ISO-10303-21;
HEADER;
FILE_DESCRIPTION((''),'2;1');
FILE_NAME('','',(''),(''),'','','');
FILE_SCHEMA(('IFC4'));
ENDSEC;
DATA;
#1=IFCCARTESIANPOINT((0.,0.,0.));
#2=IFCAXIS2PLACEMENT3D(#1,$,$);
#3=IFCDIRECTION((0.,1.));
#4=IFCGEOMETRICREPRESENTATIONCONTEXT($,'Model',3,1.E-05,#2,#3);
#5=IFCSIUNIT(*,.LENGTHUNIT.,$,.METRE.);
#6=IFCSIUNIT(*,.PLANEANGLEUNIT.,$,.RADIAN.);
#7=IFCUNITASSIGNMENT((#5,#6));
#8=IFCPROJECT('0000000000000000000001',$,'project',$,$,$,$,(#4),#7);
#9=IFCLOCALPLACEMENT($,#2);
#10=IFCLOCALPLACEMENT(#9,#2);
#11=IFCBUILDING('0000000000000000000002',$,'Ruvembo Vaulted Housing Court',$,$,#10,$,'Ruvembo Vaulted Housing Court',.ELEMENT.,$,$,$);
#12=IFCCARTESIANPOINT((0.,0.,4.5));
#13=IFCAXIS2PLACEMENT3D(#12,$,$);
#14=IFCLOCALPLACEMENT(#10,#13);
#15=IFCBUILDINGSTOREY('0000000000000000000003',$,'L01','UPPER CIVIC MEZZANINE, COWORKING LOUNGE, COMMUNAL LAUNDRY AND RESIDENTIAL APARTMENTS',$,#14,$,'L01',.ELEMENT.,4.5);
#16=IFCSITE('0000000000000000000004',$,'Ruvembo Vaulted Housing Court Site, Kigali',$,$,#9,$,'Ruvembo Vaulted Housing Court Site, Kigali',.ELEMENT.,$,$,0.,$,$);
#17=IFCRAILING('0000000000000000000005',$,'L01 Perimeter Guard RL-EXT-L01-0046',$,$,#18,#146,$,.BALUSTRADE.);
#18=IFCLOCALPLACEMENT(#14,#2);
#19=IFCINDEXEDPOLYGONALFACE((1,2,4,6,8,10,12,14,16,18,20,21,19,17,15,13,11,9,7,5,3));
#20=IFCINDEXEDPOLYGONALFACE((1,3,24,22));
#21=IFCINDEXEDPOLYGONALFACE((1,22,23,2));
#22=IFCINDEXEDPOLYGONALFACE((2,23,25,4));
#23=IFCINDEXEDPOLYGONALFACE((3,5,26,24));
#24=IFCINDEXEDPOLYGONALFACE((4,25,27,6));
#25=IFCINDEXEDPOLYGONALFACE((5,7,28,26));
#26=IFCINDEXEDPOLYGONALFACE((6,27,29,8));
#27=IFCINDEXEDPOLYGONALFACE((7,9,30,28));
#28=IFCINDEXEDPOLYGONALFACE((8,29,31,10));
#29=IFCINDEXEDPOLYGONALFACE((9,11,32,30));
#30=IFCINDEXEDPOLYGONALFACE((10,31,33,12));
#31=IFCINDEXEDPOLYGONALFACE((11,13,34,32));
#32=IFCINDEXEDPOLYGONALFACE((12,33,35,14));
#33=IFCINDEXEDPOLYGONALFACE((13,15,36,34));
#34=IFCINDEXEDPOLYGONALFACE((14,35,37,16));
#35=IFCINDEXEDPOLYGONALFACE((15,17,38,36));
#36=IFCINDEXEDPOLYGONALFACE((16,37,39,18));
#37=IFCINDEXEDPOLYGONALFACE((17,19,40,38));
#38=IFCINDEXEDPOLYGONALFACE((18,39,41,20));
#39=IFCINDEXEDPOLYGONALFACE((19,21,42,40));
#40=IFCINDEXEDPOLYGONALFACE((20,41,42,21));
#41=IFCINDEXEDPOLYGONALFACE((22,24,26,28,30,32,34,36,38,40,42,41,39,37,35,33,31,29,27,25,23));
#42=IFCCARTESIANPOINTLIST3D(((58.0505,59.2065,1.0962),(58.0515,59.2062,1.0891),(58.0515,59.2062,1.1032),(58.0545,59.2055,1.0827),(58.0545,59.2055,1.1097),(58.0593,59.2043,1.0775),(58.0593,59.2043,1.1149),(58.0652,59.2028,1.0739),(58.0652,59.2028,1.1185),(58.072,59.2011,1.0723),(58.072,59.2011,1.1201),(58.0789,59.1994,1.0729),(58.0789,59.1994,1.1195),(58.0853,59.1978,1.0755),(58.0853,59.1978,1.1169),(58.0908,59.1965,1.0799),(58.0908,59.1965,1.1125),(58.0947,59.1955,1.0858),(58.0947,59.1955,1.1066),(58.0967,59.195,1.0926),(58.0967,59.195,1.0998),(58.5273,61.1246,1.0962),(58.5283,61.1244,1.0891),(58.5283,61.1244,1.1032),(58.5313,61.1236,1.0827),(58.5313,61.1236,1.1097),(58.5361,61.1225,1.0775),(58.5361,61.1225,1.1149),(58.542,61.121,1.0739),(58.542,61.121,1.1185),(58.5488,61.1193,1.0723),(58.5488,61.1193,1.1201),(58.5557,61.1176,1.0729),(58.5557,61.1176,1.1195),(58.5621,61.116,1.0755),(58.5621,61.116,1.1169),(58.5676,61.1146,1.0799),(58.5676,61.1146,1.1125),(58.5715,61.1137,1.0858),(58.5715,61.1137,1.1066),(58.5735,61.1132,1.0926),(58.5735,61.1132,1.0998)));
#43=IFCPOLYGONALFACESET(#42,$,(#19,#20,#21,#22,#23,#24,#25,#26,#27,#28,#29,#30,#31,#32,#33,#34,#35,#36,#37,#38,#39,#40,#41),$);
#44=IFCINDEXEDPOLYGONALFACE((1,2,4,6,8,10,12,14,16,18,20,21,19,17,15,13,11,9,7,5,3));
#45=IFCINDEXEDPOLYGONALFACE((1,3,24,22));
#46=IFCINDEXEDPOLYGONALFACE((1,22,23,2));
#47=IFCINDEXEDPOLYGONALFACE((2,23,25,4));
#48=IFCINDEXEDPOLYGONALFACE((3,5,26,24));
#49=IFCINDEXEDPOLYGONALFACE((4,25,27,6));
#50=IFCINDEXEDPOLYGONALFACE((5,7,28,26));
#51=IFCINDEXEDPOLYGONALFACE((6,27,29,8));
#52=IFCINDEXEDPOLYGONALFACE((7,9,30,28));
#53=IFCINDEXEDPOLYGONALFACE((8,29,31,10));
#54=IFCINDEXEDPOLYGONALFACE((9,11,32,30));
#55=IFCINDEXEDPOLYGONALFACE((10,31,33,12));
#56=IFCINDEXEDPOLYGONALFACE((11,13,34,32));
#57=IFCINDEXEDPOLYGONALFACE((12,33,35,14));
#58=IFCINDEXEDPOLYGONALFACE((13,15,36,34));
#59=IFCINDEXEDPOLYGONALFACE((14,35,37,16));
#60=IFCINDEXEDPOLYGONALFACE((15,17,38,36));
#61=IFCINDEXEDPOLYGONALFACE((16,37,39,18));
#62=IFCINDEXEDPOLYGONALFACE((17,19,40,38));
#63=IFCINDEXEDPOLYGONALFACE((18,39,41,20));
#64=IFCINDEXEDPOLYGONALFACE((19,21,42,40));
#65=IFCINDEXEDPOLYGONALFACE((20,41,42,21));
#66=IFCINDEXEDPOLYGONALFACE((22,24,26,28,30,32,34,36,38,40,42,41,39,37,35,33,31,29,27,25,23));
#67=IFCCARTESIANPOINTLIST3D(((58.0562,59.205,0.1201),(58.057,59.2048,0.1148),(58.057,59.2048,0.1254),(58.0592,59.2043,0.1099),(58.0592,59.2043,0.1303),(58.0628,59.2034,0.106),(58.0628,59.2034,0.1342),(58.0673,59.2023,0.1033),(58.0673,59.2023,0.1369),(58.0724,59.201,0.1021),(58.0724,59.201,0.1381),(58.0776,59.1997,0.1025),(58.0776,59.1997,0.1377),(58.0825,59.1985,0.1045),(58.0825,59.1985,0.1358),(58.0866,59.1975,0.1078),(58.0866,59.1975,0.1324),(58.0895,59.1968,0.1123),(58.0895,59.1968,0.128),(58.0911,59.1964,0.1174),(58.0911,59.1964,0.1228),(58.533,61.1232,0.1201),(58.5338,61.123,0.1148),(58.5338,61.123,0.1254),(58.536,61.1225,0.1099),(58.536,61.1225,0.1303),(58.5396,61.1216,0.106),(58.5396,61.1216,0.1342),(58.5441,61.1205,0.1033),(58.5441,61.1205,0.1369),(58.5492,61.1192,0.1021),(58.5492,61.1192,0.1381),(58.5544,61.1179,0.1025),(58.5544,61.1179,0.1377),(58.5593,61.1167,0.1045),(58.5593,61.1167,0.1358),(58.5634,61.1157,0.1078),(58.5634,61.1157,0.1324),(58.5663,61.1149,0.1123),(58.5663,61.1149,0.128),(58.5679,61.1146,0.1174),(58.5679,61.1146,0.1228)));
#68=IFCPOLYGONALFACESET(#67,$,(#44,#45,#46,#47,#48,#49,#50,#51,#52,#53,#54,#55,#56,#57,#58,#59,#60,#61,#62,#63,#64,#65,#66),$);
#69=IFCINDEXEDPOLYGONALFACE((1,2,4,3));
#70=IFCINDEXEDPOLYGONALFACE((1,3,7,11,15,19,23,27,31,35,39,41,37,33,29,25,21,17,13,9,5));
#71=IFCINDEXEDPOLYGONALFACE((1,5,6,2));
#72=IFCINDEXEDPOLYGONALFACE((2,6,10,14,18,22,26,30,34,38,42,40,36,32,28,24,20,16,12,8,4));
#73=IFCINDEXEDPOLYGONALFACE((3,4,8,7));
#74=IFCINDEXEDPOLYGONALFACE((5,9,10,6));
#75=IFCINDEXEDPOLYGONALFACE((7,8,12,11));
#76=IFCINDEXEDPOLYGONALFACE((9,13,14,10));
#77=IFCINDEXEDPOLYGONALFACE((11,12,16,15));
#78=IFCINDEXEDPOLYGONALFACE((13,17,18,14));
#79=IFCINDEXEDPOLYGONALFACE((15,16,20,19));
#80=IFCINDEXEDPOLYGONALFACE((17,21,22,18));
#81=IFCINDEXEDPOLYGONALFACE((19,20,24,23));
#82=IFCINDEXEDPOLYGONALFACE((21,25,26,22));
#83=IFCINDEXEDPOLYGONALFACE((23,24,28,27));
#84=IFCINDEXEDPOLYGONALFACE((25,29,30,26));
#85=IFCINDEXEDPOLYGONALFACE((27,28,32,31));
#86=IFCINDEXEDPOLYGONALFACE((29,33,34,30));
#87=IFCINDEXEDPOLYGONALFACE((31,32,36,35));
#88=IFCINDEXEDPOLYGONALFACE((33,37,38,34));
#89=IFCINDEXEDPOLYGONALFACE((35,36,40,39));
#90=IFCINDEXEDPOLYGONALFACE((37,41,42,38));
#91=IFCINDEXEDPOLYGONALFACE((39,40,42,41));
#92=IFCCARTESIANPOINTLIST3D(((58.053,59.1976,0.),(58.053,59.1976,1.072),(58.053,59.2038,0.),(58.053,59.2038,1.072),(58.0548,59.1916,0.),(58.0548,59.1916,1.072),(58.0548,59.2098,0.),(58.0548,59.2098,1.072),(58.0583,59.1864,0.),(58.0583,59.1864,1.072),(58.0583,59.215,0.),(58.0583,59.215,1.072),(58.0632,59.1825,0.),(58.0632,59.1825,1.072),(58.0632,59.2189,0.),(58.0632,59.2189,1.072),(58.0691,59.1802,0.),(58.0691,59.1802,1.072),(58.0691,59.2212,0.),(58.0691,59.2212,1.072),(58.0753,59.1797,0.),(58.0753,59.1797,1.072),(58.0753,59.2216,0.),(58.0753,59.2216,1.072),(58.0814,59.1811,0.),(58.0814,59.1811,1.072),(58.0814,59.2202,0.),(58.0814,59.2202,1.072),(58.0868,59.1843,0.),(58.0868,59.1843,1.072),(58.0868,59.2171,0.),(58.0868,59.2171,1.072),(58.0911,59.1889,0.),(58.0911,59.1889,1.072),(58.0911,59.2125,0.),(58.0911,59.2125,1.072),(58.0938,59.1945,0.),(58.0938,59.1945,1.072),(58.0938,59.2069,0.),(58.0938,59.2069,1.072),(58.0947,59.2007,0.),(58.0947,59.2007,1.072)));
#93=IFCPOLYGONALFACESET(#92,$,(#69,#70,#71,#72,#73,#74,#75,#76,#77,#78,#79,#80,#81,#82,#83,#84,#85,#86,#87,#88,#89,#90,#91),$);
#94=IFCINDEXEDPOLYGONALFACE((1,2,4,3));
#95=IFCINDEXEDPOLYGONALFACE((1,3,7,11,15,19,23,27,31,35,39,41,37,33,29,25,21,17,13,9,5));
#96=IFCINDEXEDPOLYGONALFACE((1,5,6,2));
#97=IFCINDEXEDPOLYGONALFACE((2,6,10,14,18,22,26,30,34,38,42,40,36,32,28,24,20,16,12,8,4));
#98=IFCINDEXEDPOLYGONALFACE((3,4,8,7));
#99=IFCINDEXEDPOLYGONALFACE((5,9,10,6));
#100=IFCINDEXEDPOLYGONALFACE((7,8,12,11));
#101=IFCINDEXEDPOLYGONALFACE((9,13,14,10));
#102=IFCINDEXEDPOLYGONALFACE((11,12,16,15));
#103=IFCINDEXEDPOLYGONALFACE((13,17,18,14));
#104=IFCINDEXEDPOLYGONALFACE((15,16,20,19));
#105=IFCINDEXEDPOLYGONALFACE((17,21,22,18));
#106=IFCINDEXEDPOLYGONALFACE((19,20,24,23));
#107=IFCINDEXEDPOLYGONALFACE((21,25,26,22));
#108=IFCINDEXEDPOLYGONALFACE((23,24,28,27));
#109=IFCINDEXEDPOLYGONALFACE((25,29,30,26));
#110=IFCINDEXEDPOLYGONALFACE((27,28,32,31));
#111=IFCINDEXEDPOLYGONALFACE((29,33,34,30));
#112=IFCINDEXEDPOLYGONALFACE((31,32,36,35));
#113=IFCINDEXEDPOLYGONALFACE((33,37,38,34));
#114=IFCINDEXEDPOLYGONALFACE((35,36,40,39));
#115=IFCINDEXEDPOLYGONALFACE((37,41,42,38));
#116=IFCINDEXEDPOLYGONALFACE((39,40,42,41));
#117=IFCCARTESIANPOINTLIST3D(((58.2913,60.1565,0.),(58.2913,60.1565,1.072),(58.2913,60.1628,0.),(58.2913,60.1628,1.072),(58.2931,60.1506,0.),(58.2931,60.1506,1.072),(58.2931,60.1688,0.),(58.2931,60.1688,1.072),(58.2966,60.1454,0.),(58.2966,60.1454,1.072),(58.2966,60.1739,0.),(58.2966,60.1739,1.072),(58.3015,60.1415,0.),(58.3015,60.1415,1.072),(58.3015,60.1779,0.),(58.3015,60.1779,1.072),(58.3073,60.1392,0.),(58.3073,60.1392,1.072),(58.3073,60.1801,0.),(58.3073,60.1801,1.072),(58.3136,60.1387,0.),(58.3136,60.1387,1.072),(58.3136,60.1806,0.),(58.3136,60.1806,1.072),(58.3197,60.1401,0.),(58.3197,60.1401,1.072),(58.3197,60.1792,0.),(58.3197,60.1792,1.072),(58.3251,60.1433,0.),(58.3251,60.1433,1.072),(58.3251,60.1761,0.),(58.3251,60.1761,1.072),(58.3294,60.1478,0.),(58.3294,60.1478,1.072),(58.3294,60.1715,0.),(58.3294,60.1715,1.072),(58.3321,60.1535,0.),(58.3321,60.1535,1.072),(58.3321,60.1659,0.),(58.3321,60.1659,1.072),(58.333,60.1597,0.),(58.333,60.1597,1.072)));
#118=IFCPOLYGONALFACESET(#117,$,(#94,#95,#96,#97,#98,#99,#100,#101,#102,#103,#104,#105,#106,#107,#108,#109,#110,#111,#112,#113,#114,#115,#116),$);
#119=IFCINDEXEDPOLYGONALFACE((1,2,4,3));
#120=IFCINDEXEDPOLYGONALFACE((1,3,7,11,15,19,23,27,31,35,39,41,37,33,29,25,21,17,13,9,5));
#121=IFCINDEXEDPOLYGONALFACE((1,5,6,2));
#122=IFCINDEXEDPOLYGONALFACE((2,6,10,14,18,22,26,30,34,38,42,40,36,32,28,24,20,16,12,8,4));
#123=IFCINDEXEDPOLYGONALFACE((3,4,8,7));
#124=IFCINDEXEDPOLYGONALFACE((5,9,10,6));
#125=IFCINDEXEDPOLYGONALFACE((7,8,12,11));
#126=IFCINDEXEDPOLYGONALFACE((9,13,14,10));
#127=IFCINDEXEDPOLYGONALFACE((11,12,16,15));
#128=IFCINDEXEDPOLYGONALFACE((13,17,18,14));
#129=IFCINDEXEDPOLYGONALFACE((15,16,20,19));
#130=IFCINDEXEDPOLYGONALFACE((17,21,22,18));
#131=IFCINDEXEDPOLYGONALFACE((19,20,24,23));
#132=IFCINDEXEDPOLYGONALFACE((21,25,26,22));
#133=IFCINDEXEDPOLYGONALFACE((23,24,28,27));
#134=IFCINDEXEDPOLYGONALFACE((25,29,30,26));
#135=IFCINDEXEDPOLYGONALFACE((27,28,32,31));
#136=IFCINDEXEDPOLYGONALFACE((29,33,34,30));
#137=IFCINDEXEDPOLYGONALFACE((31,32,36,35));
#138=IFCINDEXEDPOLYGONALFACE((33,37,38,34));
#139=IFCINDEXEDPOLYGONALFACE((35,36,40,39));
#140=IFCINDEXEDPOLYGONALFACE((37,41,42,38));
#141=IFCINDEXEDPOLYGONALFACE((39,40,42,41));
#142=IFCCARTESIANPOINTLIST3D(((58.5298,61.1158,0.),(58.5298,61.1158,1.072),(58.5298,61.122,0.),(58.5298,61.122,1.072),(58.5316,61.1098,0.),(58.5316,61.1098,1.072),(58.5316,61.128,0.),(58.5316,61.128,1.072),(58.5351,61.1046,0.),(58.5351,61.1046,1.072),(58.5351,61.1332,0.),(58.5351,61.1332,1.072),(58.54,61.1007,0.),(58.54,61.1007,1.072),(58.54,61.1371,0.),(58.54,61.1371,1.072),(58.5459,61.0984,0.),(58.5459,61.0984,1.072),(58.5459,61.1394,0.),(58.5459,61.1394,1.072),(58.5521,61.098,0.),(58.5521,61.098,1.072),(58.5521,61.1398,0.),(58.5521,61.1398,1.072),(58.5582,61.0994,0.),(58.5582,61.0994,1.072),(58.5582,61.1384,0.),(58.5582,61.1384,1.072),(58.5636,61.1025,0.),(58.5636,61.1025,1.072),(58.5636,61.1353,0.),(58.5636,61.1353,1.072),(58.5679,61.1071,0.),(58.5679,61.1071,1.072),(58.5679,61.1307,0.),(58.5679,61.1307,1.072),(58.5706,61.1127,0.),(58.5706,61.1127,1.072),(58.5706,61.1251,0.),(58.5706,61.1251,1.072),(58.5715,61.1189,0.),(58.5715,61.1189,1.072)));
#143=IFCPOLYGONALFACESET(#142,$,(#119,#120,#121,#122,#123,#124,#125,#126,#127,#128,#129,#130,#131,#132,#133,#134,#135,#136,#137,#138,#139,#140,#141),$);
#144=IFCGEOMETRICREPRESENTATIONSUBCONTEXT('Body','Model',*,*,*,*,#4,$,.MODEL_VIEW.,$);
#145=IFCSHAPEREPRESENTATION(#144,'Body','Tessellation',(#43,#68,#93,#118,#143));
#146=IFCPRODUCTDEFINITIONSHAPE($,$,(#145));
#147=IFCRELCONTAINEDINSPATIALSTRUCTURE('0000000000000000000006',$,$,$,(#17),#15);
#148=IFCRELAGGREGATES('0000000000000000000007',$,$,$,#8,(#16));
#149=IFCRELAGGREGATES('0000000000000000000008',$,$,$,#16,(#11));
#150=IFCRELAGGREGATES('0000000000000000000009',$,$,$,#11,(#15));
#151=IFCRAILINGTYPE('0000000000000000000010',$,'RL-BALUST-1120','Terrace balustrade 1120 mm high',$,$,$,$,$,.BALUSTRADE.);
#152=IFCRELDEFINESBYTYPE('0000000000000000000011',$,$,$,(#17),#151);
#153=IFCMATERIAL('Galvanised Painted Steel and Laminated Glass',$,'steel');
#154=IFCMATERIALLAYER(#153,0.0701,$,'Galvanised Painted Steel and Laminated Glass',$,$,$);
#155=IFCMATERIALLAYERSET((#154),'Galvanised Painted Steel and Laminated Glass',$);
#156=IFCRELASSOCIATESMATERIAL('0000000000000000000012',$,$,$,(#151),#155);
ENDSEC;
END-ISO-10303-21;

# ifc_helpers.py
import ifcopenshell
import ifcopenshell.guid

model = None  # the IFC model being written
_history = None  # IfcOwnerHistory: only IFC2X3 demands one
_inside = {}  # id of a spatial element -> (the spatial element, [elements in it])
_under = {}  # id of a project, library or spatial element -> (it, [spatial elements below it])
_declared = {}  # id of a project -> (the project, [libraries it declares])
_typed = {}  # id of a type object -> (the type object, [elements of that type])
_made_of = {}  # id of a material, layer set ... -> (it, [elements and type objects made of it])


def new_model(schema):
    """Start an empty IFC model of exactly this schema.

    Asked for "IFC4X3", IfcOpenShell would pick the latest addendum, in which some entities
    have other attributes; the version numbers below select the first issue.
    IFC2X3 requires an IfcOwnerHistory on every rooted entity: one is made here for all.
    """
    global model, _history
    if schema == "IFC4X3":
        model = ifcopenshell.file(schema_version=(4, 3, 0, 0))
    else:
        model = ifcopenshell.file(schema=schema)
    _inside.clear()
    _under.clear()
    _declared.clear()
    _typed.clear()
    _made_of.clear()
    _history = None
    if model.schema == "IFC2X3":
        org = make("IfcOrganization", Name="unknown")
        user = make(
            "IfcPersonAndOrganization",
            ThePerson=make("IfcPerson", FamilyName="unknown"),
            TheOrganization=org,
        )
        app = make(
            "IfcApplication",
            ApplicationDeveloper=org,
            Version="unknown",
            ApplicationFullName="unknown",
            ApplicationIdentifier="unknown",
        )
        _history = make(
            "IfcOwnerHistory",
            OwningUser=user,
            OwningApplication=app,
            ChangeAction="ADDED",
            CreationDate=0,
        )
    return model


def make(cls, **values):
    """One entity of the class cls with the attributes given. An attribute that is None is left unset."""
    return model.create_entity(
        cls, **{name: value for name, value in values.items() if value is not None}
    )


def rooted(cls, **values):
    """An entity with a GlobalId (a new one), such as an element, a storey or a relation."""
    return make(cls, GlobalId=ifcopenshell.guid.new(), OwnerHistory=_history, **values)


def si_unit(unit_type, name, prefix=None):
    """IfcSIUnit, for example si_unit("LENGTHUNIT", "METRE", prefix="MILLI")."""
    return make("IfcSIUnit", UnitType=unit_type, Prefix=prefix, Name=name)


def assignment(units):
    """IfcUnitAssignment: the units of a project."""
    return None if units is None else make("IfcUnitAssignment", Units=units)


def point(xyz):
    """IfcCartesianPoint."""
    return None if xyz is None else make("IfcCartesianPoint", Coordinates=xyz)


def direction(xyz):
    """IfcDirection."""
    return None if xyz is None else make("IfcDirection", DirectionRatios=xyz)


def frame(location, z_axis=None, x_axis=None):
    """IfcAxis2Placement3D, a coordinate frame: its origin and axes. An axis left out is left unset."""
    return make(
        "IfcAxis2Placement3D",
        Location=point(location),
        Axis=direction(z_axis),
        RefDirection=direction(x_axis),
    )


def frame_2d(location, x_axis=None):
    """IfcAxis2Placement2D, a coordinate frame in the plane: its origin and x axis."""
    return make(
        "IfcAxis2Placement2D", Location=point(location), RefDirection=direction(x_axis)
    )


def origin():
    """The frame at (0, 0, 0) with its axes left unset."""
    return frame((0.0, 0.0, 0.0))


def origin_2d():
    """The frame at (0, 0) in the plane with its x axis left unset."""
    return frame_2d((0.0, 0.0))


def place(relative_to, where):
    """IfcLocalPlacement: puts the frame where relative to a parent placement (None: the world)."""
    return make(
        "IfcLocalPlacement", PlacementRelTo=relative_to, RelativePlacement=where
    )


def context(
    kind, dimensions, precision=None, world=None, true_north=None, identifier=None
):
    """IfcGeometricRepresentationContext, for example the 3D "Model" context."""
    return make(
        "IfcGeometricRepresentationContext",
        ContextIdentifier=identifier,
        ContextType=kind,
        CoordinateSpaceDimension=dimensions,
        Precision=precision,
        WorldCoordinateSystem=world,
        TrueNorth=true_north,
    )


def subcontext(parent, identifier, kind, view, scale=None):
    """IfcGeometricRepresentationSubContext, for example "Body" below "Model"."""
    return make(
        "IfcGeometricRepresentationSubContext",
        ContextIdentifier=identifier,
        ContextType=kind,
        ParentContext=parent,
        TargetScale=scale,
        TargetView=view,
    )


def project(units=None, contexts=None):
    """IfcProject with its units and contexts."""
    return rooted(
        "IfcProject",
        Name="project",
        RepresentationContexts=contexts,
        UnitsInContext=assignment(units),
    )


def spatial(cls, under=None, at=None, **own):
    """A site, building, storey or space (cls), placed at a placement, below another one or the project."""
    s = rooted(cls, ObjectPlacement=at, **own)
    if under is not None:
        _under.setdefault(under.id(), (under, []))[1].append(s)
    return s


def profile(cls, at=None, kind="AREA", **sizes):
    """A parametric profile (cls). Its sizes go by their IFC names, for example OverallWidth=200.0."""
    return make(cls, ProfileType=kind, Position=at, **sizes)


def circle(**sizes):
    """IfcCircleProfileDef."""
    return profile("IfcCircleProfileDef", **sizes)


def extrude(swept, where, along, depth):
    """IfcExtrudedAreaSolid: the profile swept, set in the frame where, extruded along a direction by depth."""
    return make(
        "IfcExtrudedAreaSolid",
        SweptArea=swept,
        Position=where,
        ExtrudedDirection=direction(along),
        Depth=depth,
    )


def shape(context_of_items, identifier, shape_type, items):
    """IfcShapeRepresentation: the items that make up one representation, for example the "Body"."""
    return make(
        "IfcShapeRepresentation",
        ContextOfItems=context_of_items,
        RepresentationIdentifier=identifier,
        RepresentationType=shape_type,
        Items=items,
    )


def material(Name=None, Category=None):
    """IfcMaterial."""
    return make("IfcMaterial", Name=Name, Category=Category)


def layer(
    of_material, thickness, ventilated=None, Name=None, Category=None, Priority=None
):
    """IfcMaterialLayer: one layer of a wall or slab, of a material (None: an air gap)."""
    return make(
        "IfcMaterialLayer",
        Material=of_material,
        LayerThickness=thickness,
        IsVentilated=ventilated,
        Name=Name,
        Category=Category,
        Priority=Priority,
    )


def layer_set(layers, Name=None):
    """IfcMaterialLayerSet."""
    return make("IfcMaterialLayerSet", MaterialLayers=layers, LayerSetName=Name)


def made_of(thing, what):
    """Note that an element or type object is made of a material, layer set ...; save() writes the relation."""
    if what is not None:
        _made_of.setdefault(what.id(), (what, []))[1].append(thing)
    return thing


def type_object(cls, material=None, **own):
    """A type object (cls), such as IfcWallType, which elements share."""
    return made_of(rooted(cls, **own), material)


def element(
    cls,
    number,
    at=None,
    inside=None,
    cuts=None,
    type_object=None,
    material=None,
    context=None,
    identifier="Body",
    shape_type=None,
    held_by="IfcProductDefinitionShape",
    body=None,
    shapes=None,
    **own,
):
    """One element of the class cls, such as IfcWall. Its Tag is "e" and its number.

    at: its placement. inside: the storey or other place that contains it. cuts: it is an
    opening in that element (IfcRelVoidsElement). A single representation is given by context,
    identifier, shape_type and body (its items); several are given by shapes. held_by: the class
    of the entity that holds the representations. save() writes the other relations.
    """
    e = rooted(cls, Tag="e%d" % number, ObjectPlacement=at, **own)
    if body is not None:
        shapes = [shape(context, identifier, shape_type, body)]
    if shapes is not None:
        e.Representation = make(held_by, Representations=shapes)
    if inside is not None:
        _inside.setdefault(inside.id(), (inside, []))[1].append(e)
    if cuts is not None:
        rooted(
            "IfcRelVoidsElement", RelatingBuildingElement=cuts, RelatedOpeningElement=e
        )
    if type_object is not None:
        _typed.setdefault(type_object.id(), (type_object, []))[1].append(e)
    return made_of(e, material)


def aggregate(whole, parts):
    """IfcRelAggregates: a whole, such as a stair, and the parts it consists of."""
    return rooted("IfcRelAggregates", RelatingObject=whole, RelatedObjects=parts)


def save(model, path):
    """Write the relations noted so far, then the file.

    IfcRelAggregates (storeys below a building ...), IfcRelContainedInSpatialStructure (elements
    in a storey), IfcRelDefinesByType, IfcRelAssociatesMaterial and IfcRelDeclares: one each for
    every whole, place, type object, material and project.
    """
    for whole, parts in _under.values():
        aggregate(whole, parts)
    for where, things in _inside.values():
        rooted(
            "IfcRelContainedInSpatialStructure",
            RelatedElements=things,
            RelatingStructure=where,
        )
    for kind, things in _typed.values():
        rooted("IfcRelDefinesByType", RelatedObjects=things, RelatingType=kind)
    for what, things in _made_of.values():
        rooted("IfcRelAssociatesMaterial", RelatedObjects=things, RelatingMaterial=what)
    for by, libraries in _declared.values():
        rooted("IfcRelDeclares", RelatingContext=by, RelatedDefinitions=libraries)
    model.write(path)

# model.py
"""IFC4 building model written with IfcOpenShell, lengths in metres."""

from ifc_helpers import new_model, si_unit, direction, frame, origin, origin_2d, place, context, subcontext, project, spatial, circle, extrude, material, layer, layer_set, type_object, element, save


model = new_model("IFC4")

# Units and contexts
model_context = context("Model", 3, precision=1e-05, world=origin(), true_north=direction((0.0, 1.0)))
body_context = subcontext(model_context, "Body", "Model", "MODEL_VIEW")
ifc_project = project(units=[si_unit("LENGTHUNIT", "METRE"), si_unit("PLANEANGLEUNIT", "RADIAN")], contexts=[model_context])

# Site, building, storey
site_placement = place(None, origin())
site = spatial("IfcSite", under=ifc_project, at=site_placement, Name="Ruvembo Vaulted Housing Court Site, Kigali", LongName="Ruvembo Vaulted Housing Court Site, Kigali", CompositionType="ELEMENT", RefElevation=0.0)
building_placement = place(site_placement, origin())
building = spatial("IfcBuilding", under=site, at=building_placement, Name="Ruvembo Vaulted Housing Court", LongName="Ruvembo Vaulted Housing Court", CompositionType="ELEMENT")
storey_placement = place(building_placement, frame((0.0, 0.0, 4.5)))
storey = spatial("IfcBuildingStorey", under=building, at=storey_placement, Name="L01", Description="UPPER CIVIC MEZZANINE, COWORKING LOUNGE, COMMUNAL LAUNDRY AND RESIDENTIAL APARTMENTS", LongName="L01", CompositionType="ELEMENT", Elevation=4.5)

# Railing
ifc_material_1 = material(Name="Galvanised Painted Steel and Laminated Glass", Category="steel")
ifc_layer_1 = layer(ifc_material_1, 0.0701, Name="Galvanised Painted Steel and Laminated Glass")
ifc_layer_set_1 = layer_set([ifc_layer_1], Name="Galvanised Painted Steel and Laminated Glass")
railing_type = type_object("IfcRailingType", Name="RL-BALUST-1120", Description="Terrace balustrade 1120 mm high", PredefinedType="BALUSTRADE", material=ifc_layer_set_1)
railing_1_placement = place(storey_placement, frame((58.0737, 59.2007, 0.0)))
element("IfcRailing", 1, at=railing_1_placement, inside=storey, type_object=railing_type, Name="L01 Perimeter Guard RL-EXT-L01-0046", PredefinedType="BALUSTRADE", context=body_context, shape_type="SweptSolid", body=[
    extrude(circle(Radius=0.0239, at=origin_2d()), frame((0.0, 0.0, 1.0962), z_axis=(0.241228, 0.970469, 0.0), x_axis=(-0.970469, 0.241228, 0.0)), (0.0, 0.0, 1.0), 1.9766),
    extrude(circle(Radius=0.0181, at=origin_2d()), frame((0.0, 0.0, 0.1201), z_axis=(0.241228, 0.970469, 0.0), x_axis=(-0.970469, 0.241228, 0.0)), (0.0, 0.0, 1.0), 1.9766),
    extrude(circle(Radius=0.021, at=origin_2d()), origin(), (0.0, 0.0, 1.0), 1.072),
    extrude(circle(Radius=0.021, at=origin_2d()), frame((0.2383, 0.959, 0.0)), (0.0, 0.0, 1.0), 1.072),
    extrude(circle(Radius=0.021, at=origin_2d()), frame((0.4768, 1.9182, 0.0)), (0.0, 0.0, 1.0), 1.072),
])

save(model, "model.ifc")
